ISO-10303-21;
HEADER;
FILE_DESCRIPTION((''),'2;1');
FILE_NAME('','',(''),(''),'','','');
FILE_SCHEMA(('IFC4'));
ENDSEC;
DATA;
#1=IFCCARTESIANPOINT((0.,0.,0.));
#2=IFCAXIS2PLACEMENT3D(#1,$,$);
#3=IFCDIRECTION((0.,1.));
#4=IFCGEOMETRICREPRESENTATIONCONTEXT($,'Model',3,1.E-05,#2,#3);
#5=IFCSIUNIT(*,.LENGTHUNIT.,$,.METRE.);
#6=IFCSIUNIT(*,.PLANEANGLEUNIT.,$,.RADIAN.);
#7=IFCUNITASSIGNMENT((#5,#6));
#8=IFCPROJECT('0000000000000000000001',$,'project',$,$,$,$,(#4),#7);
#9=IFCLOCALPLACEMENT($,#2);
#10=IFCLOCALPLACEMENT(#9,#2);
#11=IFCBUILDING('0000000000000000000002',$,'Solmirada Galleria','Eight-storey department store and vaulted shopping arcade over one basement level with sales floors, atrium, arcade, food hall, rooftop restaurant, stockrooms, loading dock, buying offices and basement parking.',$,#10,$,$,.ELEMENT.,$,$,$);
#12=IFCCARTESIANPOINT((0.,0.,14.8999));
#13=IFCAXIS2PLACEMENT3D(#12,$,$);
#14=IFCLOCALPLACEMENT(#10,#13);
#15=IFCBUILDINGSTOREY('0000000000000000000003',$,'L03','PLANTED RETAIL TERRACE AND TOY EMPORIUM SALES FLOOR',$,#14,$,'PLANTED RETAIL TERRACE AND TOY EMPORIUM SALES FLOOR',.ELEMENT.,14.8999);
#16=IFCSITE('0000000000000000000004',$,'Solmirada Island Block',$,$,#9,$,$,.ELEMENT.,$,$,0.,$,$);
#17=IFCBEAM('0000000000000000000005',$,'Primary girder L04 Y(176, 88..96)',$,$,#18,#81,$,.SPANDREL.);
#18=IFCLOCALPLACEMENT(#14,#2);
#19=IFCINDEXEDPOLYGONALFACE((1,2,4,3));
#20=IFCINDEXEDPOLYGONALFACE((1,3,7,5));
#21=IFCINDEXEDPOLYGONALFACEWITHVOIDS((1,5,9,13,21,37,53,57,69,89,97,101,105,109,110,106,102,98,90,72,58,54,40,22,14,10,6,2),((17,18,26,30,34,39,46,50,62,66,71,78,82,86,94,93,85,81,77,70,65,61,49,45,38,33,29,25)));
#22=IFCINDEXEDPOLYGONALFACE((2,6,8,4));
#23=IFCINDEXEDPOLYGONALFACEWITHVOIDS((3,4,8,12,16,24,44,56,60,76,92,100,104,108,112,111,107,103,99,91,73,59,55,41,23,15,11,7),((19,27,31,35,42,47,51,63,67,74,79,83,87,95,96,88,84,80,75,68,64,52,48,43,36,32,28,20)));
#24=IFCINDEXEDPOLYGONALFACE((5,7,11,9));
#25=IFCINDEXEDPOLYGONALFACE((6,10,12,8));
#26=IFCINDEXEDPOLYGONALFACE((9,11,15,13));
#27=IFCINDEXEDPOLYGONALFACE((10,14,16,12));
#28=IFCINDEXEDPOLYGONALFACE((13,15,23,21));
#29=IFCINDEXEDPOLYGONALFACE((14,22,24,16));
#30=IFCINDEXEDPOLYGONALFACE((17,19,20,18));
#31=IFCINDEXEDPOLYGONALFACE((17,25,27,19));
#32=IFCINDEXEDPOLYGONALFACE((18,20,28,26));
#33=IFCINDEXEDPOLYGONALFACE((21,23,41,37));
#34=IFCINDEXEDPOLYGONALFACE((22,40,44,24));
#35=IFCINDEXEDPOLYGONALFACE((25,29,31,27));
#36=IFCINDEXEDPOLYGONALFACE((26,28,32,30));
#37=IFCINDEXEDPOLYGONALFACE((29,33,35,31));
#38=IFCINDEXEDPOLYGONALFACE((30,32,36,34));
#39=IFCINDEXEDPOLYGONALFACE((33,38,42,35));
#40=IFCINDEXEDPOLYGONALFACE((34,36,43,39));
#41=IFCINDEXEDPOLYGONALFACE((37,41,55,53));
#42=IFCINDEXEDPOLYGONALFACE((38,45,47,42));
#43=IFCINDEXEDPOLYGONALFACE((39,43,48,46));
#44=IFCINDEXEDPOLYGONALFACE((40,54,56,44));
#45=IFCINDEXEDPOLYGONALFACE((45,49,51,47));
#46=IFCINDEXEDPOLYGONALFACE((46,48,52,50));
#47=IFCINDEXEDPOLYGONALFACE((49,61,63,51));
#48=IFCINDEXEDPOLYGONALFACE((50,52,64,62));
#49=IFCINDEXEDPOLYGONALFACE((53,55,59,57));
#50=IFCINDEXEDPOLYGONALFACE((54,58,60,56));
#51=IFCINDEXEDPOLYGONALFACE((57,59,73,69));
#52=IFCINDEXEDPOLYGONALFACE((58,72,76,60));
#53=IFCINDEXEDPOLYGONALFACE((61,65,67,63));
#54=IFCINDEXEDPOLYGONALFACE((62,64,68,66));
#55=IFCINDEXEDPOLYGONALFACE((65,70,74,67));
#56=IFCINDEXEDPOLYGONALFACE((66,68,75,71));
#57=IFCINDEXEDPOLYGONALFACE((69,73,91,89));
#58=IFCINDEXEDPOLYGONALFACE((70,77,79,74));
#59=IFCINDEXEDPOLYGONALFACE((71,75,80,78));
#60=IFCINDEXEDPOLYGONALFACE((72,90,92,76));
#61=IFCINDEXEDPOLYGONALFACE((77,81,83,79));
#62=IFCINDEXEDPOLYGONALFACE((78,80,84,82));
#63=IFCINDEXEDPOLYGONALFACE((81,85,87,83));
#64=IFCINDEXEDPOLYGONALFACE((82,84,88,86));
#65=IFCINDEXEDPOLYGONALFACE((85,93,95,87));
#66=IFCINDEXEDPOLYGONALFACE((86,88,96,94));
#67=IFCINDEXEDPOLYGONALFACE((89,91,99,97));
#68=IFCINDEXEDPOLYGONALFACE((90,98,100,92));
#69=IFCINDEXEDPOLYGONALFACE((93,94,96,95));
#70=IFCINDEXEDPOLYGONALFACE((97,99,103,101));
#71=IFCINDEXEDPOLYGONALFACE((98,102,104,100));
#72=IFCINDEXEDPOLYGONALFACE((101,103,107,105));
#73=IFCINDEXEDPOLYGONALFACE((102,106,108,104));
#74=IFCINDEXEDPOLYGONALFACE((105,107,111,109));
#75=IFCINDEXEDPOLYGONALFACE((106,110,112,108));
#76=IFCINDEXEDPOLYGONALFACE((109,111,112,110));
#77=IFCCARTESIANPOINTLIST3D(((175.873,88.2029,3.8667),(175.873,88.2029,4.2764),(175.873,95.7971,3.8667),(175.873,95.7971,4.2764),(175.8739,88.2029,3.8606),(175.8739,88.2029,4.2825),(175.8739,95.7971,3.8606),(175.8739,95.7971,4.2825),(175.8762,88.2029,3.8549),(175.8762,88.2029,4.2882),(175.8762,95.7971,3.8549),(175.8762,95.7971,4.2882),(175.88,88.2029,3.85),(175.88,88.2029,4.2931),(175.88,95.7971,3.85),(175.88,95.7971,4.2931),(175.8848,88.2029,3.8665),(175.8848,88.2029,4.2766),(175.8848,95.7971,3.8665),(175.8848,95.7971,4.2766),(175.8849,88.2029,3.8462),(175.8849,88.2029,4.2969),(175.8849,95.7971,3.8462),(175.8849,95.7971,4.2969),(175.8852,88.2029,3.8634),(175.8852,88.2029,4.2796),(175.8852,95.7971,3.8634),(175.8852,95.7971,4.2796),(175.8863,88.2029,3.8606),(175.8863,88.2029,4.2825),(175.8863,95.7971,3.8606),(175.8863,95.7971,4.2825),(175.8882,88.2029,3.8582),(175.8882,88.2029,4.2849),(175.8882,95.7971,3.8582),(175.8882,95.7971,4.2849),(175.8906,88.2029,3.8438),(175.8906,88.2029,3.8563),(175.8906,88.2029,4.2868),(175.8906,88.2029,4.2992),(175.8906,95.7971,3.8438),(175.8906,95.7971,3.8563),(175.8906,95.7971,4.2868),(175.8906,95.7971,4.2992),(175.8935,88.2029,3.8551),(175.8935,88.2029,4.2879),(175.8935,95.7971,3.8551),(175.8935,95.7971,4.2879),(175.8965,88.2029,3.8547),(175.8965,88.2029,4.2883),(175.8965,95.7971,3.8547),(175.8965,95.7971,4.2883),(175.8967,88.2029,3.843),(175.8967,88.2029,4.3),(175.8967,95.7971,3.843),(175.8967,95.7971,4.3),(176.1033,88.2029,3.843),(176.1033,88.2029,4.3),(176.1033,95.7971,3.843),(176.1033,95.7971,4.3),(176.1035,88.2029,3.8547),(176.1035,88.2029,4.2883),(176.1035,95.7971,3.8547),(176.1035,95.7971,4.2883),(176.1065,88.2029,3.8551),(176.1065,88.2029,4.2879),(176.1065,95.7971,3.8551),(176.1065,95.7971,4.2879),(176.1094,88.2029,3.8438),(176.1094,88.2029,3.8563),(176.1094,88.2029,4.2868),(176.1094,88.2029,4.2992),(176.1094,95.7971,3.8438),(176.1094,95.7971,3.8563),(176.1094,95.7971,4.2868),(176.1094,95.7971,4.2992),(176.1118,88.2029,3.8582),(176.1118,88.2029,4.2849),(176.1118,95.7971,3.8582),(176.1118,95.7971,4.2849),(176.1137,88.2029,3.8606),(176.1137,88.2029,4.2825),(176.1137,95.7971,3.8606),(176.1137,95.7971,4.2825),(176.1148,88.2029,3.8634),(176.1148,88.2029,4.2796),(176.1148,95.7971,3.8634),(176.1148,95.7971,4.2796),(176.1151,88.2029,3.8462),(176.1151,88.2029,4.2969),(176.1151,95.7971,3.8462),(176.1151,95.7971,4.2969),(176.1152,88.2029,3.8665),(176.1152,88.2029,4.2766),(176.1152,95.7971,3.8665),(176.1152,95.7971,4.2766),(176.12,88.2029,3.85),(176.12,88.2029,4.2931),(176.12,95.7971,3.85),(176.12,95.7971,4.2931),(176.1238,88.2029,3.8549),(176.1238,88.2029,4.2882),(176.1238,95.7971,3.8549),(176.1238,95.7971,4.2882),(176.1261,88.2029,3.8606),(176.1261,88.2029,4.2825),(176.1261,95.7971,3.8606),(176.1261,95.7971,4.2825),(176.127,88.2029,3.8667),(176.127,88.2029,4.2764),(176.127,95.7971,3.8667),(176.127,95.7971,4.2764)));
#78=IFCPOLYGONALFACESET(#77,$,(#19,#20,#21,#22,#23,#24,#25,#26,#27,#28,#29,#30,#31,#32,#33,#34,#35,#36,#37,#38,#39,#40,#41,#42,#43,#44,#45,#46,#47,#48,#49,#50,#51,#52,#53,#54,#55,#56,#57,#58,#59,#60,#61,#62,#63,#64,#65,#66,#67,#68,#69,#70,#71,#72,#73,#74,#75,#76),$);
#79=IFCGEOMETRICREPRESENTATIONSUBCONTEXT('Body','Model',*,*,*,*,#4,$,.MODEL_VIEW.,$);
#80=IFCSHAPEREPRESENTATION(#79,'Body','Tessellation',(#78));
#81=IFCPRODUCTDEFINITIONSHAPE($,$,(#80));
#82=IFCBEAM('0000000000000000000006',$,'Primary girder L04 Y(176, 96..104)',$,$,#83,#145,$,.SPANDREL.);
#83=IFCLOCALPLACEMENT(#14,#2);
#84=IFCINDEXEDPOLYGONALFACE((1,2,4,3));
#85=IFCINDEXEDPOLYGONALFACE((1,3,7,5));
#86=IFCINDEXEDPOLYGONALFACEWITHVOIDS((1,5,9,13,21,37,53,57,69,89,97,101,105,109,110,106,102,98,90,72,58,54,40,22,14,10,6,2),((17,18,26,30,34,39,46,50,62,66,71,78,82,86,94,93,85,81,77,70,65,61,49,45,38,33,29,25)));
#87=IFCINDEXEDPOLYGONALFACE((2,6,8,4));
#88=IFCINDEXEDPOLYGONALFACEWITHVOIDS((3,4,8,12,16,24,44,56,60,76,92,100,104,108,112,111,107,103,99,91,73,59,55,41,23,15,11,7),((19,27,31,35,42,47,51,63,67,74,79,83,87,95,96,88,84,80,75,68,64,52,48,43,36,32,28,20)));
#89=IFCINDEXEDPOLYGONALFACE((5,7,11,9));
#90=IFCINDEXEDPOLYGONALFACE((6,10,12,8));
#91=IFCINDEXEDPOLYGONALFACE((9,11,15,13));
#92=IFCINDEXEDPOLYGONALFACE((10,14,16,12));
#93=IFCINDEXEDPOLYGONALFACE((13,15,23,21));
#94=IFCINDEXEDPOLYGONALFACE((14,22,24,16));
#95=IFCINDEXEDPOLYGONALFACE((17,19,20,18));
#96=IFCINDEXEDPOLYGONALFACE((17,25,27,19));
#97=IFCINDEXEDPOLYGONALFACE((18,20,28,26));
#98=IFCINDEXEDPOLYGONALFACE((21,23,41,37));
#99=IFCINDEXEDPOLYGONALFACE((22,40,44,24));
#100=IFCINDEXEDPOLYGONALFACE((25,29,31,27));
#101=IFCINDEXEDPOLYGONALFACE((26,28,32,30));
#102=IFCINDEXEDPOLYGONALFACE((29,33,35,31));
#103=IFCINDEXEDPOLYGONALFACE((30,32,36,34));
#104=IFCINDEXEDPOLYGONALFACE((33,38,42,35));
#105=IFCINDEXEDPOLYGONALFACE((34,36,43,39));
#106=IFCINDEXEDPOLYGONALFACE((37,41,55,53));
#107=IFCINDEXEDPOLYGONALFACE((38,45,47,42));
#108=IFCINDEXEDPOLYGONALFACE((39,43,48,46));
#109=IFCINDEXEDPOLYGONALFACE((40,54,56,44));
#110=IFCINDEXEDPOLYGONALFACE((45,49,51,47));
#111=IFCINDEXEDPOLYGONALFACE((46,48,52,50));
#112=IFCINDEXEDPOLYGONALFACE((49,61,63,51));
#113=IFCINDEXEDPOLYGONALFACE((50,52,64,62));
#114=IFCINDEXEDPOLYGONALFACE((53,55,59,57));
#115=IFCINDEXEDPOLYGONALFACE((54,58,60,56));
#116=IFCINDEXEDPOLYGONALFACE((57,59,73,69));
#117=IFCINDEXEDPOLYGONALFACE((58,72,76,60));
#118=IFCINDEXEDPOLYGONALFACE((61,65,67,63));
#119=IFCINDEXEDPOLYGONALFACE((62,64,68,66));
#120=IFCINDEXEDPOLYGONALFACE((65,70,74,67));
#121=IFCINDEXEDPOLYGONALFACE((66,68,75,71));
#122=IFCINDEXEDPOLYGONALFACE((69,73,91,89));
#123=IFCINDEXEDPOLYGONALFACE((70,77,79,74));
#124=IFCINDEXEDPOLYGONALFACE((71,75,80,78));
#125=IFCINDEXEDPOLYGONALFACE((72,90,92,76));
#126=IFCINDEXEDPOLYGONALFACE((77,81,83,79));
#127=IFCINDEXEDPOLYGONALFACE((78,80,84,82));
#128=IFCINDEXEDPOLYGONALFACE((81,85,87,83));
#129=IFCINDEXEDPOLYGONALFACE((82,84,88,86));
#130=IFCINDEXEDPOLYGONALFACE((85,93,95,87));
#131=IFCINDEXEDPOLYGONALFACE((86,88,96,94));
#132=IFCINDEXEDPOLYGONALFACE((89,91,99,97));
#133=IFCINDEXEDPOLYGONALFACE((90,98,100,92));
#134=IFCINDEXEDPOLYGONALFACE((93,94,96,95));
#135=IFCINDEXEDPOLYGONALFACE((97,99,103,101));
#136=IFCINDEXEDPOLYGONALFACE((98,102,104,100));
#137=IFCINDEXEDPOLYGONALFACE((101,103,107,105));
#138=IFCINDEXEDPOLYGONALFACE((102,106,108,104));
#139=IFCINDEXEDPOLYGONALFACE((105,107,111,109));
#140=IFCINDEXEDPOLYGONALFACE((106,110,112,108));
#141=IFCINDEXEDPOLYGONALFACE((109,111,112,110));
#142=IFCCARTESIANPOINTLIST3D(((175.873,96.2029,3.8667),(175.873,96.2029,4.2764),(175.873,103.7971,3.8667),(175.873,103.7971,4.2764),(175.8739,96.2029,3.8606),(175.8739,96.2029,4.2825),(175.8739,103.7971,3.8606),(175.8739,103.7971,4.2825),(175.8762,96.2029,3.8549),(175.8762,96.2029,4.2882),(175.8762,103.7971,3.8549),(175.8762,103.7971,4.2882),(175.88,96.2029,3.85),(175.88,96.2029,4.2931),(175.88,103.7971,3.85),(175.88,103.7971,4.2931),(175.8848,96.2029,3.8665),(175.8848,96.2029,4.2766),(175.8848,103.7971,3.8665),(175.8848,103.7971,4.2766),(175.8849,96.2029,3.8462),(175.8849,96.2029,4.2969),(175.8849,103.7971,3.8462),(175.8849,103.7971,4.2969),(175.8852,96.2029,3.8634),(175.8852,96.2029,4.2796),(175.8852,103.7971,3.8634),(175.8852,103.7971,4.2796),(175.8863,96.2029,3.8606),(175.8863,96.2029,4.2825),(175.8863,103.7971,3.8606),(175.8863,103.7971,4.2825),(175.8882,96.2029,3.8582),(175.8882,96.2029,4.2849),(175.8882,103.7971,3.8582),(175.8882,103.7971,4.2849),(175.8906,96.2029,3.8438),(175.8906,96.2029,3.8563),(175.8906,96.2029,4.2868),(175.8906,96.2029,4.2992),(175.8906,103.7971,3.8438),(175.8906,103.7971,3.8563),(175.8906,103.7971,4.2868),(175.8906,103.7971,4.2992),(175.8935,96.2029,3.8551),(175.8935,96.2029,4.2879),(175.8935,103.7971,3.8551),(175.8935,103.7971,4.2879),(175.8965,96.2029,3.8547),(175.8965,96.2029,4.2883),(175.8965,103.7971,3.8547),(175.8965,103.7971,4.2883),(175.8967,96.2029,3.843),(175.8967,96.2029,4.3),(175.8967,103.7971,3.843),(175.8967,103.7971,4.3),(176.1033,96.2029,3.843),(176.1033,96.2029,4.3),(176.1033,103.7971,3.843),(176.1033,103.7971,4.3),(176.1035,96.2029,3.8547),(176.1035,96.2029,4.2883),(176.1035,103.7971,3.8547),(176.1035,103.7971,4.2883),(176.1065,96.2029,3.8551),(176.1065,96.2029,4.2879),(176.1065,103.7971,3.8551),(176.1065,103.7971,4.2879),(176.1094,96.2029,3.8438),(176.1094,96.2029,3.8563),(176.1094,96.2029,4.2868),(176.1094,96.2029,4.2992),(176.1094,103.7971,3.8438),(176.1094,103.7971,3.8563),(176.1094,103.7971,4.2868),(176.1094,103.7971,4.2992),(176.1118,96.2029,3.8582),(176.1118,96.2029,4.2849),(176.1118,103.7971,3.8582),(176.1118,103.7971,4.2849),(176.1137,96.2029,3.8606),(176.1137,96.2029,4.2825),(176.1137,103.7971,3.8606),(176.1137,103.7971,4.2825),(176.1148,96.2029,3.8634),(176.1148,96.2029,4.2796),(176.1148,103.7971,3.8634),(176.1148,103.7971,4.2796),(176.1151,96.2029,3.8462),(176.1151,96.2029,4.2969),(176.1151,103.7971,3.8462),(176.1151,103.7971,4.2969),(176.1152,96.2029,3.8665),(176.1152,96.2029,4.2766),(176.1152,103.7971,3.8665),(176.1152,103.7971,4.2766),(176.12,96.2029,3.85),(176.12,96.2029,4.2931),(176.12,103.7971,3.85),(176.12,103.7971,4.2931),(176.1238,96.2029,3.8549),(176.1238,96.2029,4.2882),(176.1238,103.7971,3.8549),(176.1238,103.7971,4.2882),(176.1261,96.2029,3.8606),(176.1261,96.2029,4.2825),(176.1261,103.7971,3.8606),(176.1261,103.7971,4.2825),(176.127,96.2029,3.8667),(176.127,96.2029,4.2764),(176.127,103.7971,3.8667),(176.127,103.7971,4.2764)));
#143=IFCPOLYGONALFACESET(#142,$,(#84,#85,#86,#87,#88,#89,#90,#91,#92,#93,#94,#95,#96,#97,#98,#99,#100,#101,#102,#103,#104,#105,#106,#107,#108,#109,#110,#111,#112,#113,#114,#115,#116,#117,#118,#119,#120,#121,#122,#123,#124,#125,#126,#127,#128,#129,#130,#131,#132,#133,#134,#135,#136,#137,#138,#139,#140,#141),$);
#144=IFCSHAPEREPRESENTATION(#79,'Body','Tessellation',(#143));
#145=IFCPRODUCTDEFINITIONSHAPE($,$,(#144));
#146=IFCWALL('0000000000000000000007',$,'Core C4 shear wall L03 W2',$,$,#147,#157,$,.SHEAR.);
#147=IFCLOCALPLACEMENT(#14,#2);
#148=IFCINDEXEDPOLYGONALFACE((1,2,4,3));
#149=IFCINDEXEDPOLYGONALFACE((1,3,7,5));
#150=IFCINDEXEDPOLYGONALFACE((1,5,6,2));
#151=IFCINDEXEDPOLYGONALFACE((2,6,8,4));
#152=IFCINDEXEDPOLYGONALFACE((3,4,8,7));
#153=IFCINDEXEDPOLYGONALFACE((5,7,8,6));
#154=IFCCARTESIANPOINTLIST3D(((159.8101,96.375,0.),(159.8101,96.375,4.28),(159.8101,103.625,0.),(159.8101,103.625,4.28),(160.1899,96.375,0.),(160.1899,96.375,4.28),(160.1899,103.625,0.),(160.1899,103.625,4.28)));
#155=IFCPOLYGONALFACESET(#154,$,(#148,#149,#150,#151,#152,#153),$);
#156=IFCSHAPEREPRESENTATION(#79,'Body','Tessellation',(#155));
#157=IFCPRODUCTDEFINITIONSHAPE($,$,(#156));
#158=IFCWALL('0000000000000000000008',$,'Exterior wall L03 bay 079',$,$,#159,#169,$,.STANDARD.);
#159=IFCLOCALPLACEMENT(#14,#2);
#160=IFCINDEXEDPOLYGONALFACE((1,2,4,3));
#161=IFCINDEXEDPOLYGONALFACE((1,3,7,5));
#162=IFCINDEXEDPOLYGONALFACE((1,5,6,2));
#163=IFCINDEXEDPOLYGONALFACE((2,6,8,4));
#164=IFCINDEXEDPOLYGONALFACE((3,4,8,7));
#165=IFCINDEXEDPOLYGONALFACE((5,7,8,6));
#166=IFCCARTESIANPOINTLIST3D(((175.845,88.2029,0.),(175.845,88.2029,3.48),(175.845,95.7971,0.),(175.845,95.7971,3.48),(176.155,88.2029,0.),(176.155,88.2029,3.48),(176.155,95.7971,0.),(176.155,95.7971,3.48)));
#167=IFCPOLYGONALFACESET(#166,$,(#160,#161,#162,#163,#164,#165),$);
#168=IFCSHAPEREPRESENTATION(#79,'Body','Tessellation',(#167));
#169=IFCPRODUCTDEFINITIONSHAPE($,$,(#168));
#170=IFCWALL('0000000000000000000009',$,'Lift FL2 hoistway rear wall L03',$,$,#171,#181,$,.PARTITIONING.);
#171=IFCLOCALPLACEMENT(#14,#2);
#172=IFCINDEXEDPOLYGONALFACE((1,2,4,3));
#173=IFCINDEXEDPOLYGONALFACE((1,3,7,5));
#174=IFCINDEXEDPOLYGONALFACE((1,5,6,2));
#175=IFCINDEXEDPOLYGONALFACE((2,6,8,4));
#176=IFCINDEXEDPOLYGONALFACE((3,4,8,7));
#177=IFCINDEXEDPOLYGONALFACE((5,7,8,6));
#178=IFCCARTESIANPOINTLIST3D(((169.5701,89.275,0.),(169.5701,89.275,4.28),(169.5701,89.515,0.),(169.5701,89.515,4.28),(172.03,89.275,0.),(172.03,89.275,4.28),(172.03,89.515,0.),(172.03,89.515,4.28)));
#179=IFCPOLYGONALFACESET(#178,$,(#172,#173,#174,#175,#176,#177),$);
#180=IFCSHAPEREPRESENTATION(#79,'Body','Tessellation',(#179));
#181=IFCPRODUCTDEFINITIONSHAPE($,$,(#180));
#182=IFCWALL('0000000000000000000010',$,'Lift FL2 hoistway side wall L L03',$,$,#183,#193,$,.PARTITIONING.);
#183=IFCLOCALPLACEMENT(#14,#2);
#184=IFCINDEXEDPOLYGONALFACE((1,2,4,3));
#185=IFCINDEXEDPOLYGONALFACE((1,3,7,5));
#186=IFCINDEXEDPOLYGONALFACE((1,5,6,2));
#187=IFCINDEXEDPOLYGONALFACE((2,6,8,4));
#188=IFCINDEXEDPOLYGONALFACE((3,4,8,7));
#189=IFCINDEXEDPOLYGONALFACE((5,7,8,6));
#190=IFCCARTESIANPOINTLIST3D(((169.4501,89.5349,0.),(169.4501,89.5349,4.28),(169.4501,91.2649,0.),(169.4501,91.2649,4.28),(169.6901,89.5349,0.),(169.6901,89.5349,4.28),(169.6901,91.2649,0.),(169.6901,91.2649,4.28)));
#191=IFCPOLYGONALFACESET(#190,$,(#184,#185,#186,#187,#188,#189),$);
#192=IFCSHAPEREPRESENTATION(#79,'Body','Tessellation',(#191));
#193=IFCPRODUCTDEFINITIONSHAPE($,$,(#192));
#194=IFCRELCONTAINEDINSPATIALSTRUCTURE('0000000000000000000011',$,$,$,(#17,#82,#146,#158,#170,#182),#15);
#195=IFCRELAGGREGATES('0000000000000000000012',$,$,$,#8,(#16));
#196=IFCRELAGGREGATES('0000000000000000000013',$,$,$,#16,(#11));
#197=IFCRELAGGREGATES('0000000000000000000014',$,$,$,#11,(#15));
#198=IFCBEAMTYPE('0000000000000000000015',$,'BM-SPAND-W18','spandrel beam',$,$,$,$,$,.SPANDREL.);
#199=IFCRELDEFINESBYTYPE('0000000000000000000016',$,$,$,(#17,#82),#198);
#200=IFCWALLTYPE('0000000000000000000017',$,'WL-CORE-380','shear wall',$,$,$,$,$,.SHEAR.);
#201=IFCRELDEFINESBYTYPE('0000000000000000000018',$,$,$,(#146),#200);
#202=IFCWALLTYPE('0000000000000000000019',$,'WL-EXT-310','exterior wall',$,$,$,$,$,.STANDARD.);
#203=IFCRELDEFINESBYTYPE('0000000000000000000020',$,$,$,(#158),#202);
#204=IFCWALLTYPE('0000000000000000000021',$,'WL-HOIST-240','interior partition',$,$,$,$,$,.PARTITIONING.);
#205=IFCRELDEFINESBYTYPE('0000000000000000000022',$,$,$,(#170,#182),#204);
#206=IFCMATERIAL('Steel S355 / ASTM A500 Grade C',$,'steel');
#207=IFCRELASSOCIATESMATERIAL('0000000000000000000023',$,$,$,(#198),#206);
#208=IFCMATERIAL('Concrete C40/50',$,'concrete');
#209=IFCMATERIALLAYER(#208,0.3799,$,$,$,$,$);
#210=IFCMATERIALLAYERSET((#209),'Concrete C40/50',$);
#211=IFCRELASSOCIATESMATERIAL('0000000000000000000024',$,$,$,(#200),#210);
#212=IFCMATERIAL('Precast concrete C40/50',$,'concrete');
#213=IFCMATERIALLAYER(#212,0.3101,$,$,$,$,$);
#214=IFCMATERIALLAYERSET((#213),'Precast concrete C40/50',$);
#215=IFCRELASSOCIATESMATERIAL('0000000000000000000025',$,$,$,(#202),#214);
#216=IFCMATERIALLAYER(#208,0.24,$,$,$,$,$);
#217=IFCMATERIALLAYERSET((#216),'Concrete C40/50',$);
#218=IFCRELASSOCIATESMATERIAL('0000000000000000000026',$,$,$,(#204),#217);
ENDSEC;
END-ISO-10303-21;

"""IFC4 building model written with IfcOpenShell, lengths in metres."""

from ifc_helpers import new_model, si_unit, direction, frame, frame_2d, origin, origin_2d, place, context, subcontext, project, spatial, rectangle, hollow_rectangle, extrude, material, layer, layer_set, material_profile, profile_set, type_object, element, save


model = new_model("IFC4")

# Units and contexts
model_context = context("Model", 3, precision=1e-05, world=origin(), true_north=direction((0.0, 1.0)))
body_context = subcontext(model_context, "Body", "Model", "MODEL_VIEW")
ifc_project = project(units=[si_unit("LENGTHUNIT", "METRE"), si_unit("PLANEANGLEUNIT", "RADIAN")], contexts=[model_context])

# Site, building, storey
site_placement = place(None, origin())
site = spatial("IfcSite", under=ifc_project, at=site_placement, Name="Solmirada Island Block", CompositionType="ELEMENT", RefElevation=0.0)
building_placement = place(site_placement, origin())
building = spatial("IfcBuilding", under=site, at=building_placement, Name="Solmirada Galleria", Description="Eight-storey department store and vaulted shopping arcade over one basement level with sales floors, atrium, arcade, food hall, rooftop restaurant, stockrooms, loading dock, buying offices and basement parking.", CompositionType="ELEMENT")
storey_placement = place(building_placement, frame((0.0, 0.0, 14.8999)))
storey = spatial("IfcBuildingStorey", under=building, at=storey_placement, Name="L03", Description="PLANTED RETAIL TERRACE AND TOY EMPORIUM SALES FLOOR", LongName="PLANTED RETAIL TERRACE AND TOY EMPORIUM SALES FLOOR", CompositionType="ELEMENT", Elevation=14.8999)

# Shared definitions
ifc_material_1 = material(Name="Steel S355 / ASTM A500 Grade C", Category="steel")
ifc_material_2 = material(Name="Concrete C40/50", Category="concrete")

# Beams
ifc_material_profile_1 = material_profile(ifc_material_1, hollow_rectangle(XDim=0.2539, YDim=0.457, WallThickness=0.0117, InnerFilletRadius=0.0117, OuterFilletRadius=0.0237, at=origin_2d()), Name="HSS18X10X1/2")
ifc_profile_set_1 = profile_set([ifc_material_profile_1], Name="Steel S355 / ASTM A500 Grade C")
beam_type_1 = type_object("IfcBeamType", Name="BM-SPAND-W18", Description="spandrel beam", PredefinedType="SPANDREL", material=ifc_profile_set_1)
for number, where, z_axis, x_axis, name in (
    (1, (176.0, 88.2029, 4.0715), (0.0, 1.0, 0.0), (-1.0, 0.0, 0.0), "Primary girder L04 Y(176, 88..96)"),
    (2, (176.0, 96.2029, 4.0715), (0.0, 1.0, 0.0), (-1.0, 0.0, 0.0), "Primary girder L04 Y(176, 96..104)"),
):
    element("IfcBeam", number, at=place(storey_placement, frame(where, z_axis=z_axis, x_axis=x_axis)), inside=storey, type_object=beam_type_1, Name=name, PredefinedType="SPANDREL", context=body_context, shape_type="SweptSolid", body=[
        extrude(hollow_rectangle(XDim=0.2539, YDim=0.457, WallThickness=0.0117, InnerFilletRadius=0.0117, OuterFilletRadius=0.0237, at=origin_2d()), origin(), (0.0, 0.0, 1.0), 7.5942),
    ])

# Walls
ifc_layer_1 = layer(ifc_material_2, 0.3799)
ifc_layer_set_1 = layer_set([ifc_layer_1], Name="Concrete C40/50")
wall_type_1 = type_object("IfcWallType", Name="WL-CORE-380", Description="shear wall", PredefinedType="SHEAR", material=ifc_layer_set_1)
wall_1_placement = place(storey_placement, frame((160.0, 96.375, 0.0), z_axis=(0.0, 0.0, 1.0), x_axis=(0.0, 1.0, 0.0)))
element("IfcWall", 3, at=wall_1_placement, inside=storey, type_object=wall_type_1, Name="Core C4 shear wall L03 W2", PredefinedType="SHEAR", context=body_context, shape_type="SweptSolid", body=[
    extrude(rectangle(XDim=7.25, YDim=0.3799, at=frame_2d((3.625, 0.0))), origin(), (0.0, 0.0, 1.0), 4.28),
])
ifc_material_3 = material(Name="Precast concrete C40/50", Category="concrete")
ifc_layer_2 = layer(ifc_material_3, 0.3101)
ifc_layer_set_2 = layer_set([ifc_layer_2], Name="Precast concrete C40/50")
wall_type_2 = type_object("IfcWallType", Name="WL-EXT-310", Description="exterior wall", PredefinedType="STANDARD", material=ifc_layer_set_2)
wall_2_placement = place(storey_placement, frame((176.0, 95.7971, 0.0), z_axis=(0.0, 0.0, 1.0), x_axis=(0.0, -1.0, 0.0)))
element("IfcWall", 4, at=wall_2_placement, inside=storey, type_object=wall_type_2, Name="Exterior wall L03 bay 079", PredefinedType="STANDARD", context=body_context, shape_type="SweptSolid", body=[
    extrude(rectangle(XDim=7.5942, YDim=0.3101, at=frame_2d((3.7971, 0.0))), origin(), (0.0, 0.0, 1.0), 3.48),
])

# Shared definitions
ifc_layer_3 = layer(ifc_material_2, 0.24)
ifc_layer_set_3 = layer_set([ifc_layer_3], Name="Concrete C40/50")
wall_type_3 = type_object("IfcWallType", Name="WL-HOIST-240", Description="interior partition", PredefinedType="PARTITIONING", material=ifc_layer_set_3)

# Walls
wall_3_placement = place(storey_placement, frame((169.5701, 89.395, 0.0), z_axis=(0.0, 0.0, 1.0), x_axis=(1.0, 0.0, 0.0)))
element("IfcWall", 5, at=wall_3_placement, inside=storey, type_object=wall_type_3, Name="Lift FL2 hoistway rear wall L03", PredefinedType="PARTITIONING", context=body_context, shape_type="SweptSolid", body=[
    extrude(rectangle(XDim=2.46, YDim=0.24, at=frame_2d((1.23, 0.0))), origin(), (0.0, 0.0, 1.0), 4.28),
])
for number, where, z_axis, x_axis, name in (
    (6, (169.5701, 89.5349, 0.0), (0.0, 0.0, 1.0), (0.0, 1.0, 0.0), "Lift FL2 hoistway side wall L L03"),
):
    element("IfcWall", number, at=place(storey_placement, frame(where, z_axis=z_axis, x_axis=x_axis)), inside=storey, type_object=wall_type_3, Name=name, PredefinedType="PARTITIONING", context=body_context, shape_type="SweptSolid", body=[
        extrude(rectangle(XDim=1.73, YDim=0.24, at=frame_2d((0.865, 0.0))), origin(), (0.0, 0.0, 1.0), 4.28),
    ])

save(model, "model.ifc")
